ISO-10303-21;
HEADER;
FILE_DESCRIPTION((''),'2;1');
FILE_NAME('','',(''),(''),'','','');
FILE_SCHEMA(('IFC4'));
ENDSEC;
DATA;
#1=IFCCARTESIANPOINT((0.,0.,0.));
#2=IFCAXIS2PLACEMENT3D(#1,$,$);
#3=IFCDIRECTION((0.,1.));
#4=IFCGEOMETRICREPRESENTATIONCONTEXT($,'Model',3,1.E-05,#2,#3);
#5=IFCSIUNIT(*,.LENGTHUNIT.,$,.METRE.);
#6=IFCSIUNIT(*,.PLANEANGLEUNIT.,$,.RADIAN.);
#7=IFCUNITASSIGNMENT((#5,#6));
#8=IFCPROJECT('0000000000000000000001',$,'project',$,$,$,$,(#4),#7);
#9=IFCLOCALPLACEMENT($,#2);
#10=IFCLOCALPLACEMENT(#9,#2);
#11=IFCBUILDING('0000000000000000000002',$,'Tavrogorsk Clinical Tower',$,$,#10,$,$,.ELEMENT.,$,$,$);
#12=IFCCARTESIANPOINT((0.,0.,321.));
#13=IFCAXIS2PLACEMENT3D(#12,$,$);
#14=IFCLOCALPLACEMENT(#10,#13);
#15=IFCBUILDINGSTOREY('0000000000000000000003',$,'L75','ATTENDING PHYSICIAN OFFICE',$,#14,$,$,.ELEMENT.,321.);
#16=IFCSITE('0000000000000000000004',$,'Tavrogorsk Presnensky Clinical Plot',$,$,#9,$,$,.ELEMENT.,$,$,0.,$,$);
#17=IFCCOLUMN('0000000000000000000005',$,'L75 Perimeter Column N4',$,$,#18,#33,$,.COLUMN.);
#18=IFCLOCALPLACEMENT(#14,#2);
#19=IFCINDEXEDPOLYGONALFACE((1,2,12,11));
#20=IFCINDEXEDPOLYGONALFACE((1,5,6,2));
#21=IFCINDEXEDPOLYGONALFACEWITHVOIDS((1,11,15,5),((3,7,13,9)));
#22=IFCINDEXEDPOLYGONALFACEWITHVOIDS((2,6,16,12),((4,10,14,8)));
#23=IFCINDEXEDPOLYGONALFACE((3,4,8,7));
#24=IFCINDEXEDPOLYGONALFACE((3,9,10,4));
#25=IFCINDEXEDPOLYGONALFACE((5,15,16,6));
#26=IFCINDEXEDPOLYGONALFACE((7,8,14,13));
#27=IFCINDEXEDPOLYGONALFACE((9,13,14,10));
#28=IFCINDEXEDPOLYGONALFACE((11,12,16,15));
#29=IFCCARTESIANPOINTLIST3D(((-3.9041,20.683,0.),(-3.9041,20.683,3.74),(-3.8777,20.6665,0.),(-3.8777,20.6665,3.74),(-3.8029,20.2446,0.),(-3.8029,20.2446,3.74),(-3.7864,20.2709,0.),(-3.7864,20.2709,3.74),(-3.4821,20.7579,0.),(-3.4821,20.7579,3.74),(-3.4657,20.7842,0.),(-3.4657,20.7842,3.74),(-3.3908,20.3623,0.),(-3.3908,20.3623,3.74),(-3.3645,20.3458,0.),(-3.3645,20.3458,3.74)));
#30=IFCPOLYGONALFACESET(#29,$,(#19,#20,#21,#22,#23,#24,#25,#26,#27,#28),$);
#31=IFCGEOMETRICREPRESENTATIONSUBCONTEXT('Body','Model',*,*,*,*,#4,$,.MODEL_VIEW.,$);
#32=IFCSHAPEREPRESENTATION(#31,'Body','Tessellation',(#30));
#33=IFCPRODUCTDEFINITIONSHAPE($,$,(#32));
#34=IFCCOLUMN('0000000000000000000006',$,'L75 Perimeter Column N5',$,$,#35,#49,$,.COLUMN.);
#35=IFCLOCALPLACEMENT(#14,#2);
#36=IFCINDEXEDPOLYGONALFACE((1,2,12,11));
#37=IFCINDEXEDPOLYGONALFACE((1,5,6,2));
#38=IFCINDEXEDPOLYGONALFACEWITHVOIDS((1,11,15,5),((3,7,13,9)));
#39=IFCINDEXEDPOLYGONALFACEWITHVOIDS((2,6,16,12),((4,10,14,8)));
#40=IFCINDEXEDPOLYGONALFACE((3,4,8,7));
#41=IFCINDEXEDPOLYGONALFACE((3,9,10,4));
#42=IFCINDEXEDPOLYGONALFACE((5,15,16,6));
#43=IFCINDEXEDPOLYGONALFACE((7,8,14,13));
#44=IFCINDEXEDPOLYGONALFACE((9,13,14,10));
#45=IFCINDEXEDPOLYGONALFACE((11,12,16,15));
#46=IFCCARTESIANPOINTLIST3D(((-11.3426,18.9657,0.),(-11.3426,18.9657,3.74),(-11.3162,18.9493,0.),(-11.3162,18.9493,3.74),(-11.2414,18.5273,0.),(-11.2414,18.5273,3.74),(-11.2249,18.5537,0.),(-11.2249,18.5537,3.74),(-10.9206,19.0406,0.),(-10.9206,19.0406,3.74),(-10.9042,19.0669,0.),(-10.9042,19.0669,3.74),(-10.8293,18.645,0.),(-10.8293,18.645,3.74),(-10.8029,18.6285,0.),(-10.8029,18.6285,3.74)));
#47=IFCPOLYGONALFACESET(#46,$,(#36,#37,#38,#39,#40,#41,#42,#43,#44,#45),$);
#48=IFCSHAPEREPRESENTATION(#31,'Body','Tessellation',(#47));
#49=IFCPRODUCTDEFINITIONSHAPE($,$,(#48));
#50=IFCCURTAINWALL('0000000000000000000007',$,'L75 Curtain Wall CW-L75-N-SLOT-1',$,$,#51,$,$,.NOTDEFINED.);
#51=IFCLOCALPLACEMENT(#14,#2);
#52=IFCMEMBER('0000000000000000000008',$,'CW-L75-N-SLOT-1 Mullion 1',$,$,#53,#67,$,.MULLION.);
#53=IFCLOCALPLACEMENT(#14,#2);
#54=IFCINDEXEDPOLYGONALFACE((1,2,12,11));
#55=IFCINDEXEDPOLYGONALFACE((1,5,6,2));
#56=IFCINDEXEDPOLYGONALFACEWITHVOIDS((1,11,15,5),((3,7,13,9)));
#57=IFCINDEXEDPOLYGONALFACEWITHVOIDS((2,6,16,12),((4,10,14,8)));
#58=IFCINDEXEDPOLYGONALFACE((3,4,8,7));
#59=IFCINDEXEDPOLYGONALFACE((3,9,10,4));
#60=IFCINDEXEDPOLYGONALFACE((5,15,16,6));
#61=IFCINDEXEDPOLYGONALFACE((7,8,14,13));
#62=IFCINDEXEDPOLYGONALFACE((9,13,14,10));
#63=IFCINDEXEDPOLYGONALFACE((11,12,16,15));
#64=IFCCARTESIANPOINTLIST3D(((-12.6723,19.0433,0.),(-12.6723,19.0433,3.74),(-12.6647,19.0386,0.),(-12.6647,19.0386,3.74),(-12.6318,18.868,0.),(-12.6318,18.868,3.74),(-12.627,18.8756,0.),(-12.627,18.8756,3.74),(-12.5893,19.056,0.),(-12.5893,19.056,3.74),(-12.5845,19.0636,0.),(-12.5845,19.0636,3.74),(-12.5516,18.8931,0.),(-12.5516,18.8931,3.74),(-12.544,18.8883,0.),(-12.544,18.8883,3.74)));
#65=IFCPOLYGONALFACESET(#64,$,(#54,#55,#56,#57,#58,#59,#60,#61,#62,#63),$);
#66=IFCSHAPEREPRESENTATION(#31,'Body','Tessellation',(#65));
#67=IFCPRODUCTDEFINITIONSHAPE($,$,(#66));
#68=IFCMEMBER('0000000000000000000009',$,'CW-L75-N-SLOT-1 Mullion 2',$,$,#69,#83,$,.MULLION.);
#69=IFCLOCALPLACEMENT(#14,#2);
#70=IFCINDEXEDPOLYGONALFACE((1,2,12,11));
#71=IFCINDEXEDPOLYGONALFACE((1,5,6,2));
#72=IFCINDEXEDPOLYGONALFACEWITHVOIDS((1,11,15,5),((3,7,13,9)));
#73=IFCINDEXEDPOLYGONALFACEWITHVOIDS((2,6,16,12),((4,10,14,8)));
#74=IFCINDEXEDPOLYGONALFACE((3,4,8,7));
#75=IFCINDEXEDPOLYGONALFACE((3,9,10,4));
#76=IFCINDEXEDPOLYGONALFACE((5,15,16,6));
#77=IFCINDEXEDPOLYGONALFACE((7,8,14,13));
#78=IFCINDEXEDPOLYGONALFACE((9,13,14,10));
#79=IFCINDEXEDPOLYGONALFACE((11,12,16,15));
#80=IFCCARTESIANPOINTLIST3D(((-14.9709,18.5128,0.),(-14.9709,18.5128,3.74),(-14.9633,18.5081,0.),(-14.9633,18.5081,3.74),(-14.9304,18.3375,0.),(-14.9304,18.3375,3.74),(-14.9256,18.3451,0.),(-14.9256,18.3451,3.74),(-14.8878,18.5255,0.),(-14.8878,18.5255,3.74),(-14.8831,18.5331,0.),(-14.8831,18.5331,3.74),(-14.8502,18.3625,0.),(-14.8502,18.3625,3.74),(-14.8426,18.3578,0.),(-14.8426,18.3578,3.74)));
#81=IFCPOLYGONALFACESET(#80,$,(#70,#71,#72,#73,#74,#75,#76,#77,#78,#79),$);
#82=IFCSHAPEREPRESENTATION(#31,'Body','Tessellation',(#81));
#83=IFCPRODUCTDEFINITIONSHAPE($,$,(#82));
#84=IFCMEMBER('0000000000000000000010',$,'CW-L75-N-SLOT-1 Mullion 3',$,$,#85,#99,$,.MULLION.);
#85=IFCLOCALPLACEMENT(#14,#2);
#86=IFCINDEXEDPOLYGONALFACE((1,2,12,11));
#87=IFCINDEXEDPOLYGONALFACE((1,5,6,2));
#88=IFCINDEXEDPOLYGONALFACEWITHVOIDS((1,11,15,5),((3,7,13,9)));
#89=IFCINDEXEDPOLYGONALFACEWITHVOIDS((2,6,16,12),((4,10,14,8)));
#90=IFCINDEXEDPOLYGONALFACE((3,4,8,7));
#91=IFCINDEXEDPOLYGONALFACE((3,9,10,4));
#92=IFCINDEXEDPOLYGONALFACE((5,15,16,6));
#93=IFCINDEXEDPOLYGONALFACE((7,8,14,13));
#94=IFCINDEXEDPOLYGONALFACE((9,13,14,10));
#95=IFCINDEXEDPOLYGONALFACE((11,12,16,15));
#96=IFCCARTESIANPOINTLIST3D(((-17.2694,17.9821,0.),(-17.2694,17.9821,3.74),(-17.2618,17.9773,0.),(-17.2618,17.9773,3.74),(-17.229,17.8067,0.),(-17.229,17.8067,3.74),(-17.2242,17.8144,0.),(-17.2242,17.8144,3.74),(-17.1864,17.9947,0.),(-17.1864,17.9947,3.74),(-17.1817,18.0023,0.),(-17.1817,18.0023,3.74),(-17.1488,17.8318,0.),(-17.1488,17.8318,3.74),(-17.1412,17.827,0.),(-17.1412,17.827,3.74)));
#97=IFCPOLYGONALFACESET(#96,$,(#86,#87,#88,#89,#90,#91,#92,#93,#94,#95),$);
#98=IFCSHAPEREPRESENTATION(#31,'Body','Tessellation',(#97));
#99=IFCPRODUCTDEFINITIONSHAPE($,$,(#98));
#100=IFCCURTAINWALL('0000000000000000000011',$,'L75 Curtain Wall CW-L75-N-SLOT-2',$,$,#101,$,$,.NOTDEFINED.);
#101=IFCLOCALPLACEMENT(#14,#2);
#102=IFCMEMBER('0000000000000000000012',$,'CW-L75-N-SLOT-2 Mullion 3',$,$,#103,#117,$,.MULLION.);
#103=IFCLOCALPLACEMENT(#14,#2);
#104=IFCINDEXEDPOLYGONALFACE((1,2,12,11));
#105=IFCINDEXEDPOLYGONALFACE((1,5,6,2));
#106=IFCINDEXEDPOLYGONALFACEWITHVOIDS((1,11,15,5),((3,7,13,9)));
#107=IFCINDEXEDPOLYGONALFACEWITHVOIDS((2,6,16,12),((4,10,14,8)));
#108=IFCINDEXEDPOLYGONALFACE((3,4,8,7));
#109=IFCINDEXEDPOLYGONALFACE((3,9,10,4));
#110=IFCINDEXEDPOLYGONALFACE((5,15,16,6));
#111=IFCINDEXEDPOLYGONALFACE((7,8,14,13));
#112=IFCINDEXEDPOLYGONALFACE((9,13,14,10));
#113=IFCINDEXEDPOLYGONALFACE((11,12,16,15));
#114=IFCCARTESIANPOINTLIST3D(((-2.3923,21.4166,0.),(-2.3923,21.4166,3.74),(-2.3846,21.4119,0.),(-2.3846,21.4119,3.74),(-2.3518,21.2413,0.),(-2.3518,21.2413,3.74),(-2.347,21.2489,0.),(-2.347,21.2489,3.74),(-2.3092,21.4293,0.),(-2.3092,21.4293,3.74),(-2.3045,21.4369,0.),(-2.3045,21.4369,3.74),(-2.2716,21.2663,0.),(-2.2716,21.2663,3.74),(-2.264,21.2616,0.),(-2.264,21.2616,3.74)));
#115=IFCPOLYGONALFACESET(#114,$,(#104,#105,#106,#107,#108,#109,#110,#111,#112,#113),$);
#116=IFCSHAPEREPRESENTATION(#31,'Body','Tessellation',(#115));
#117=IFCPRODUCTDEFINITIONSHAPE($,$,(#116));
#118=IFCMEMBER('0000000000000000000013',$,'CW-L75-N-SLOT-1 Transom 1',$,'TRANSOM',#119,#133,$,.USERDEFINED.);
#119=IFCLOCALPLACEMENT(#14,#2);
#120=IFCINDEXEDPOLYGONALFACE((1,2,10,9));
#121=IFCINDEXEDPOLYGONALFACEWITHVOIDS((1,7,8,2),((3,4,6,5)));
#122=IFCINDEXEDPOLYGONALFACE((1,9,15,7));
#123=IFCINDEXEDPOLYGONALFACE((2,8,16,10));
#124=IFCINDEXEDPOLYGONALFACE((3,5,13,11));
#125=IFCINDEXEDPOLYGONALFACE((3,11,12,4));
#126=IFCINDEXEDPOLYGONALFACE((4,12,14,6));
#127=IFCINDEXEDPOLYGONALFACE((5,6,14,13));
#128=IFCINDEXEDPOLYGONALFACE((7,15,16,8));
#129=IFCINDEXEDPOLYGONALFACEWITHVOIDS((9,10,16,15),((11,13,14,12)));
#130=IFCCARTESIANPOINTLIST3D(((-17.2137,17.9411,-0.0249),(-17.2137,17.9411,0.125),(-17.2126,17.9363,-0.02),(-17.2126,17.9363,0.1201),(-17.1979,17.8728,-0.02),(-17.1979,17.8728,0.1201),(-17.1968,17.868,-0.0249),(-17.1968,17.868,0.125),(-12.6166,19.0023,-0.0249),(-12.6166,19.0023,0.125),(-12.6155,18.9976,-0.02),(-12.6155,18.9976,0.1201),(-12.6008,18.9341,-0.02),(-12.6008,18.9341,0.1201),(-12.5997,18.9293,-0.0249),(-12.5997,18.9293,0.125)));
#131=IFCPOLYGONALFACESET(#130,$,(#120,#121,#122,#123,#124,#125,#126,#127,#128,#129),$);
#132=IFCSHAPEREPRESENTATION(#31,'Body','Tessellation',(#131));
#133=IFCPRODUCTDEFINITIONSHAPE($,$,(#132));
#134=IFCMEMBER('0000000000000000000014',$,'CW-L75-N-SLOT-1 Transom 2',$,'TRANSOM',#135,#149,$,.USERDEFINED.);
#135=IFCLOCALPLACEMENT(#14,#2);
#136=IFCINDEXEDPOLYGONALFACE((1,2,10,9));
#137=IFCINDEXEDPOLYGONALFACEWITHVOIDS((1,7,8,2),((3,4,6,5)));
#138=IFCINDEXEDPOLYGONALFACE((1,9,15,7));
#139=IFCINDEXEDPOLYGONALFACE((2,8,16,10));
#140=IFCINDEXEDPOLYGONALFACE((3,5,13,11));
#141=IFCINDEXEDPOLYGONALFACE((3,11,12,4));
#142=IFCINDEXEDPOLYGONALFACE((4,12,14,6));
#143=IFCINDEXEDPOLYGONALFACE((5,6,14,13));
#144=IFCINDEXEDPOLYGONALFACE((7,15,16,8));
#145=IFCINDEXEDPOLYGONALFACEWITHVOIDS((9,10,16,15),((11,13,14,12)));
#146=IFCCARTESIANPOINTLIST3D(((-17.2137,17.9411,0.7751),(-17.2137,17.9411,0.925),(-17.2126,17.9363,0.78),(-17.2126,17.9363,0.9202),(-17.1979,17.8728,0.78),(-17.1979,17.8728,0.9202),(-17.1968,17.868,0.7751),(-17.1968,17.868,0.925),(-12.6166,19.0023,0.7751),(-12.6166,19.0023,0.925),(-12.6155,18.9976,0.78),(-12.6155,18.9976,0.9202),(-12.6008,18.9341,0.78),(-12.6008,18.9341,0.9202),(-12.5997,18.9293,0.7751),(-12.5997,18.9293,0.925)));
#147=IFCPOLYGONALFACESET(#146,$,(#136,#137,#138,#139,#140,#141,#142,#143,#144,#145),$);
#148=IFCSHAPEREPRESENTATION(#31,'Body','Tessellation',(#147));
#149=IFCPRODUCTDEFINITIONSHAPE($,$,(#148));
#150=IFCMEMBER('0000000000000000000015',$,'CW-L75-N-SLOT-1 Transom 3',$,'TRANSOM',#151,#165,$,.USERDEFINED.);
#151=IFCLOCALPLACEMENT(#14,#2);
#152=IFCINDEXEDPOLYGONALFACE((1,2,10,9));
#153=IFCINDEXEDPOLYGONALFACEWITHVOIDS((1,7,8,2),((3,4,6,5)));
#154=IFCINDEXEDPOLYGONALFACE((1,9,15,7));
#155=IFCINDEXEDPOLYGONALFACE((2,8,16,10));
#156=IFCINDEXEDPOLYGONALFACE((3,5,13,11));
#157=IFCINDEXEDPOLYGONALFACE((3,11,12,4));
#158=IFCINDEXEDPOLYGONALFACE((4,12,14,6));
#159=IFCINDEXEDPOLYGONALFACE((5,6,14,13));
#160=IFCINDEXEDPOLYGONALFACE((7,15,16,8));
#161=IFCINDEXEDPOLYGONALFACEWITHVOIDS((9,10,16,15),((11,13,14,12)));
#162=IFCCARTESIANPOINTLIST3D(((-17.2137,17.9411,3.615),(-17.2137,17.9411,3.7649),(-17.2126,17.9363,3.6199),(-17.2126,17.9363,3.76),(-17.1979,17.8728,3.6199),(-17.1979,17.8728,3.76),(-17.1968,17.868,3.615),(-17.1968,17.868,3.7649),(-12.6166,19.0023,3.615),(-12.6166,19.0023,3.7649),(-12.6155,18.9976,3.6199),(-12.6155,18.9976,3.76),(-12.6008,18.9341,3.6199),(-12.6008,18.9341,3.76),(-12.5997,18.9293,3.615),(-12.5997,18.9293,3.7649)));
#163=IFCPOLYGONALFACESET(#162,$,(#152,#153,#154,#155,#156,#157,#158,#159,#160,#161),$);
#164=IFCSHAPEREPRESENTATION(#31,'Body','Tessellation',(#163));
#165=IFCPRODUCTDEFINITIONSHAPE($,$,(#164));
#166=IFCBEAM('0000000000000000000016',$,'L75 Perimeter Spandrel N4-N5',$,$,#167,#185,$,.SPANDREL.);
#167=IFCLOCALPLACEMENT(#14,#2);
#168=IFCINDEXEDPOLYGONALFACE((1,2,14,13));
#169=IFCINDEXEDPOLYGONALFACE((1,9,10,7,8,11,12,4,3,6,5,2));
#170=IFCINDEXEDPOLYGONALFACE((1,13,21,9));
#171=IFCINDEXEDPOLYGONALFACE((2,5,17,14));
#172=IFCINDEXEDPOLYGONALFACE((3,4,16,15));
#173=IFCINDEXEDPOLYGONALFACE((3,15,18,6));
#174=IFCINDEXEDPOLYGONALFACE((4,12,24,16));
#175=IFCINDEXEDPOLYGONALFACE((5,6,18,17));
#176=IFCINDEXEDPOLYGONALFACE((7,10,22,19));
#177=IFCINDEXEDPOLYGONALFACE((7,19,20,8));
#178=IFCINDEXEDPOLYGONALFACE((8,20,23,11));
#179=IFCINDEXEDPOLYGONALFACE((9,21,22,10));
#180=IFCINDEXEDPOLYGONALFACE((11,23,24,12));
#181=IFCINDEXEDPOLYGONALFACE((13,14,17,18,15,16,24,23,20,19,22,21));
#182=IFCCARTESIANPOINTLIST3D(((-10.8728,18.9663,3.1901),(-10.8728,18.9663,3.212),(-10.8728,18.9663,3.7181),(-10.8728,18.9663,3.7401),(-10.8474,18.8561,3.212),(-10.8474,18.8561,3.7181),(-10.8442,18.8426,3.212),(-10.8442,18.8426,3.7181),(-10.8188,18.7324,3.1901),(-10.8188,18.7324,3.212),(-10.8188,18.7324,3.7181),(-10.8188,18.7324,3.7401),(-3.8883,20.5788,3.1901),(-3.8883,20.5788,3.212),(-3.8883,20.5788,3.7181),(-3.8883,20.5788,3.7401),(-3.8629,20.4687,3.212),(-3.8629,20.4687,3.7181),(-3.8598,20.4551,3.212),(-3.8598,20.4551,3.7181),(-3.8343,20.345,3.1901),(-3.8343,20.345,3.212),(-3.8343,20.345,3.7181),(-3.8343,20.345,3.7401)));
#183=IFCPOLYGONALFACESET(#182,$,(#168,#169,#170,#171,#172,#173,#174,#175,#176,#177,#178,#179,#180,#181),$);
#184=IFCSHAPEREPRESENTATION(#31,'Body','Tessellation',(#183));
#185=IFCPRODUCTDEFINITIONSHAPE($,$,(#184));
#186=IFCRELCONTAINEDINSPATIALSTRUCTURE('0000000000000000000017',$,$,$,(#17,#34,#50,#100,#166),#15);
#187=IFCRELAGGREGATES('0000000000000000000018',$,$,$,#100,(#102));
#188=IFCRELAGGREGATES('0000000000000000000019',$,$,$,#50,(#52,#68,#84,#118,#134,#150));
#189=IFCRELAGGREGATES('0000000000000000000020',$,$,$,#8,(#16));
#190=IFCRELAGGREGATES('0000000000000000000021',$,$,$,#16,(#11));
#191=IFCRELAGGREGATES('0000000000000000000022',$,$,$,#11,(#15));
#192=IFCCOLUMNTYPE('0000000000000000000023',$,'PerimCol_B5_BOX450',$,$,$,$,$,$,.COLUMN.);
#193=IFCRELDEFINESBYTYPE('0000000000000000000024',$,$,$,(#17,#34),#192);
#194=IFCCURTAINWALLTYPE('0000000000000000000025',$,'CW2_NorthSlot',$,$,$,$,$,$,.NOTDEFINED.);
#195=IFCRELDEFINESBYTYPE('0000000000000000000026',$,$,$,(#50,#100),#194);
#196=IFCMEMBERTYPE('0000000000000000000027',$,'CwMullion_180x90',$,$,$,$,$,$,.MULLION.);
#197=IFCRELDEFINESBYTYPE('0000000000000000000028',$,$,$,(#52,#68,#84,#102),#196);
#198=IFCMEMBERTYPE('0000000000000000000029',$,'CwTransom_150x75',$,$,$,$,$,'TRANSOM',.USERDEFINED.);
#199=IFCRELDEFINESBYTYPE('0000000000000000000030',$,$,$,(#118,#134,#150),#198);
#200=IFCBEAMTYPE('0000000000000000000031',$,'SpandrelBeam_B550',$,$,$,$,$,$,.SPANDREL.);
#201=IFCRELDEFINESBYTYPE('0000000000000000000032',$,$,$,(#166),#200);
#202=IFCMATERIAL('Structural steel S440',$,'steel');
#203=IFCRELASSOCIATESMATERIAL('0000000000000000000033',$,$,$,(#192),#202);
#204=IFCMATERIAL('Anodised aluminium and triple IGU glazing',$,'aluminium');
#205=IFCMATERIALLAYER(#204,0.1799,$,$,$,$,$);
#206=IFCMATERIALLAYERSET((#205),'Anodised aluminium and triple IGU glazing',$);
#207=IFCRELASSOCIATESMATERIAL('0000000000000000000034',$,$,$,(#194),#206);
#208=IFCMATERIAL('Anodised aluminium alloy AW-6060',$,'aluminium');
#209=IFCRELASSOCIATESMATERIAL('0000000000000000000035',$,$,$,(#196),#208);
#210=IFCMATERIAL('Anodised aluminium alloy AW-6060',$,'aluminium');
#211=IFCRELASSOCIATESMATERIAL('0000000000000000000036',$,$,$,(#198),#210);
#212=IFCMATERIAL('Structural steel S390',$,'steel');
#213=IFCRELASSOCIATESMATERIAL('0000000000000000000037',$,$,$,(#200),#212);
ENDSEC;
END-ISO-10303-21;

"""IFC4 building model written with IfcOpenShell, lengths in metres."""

from ifc_helpers import new_model, si_unit, direction, frame, origin, origin_2d, place, context, subcontext, project, spatial, hollow_rectangle, i_section, extrude, material, layer, layer_set, material_profile, profile_set, type_object, element, aggregate, save


model = new_model("IFC4")

# Units and contexts
model_context = context("Model", 3, precision=1e-05, world=origin(), true_north=direction((0.0, 1.0)))
body_context = subcontext(model_context, "Body", "Model", "MODEL_VIEW")
ifc_project = project(units=[si_unit("LENGTHUNIT", "METRE"), si_unit("PLANEANGLEUNIT", "RADIAN")], contexts=[model_context])

# Site, building, storey
site_placement = place(None, origin())
site = spatial("IfcSite", under=ifc_project, at=site_placement, Name="Tavrogorsk Presnensky Clinical Plot", CompositionType="ELEMENT", RefElevation=0.0)
building_placement = place(site_placement, origin())
building = spatial("IfcBuilding", under=site, at=building_placement, Name="Tavrogorsk Clinical Tower", CompositionType="ELEMENT")
storey_placement = place(building_placement, frame((0.0, 0.0, 321.0)))
storey = spatial("IfcBuildingStorey", under=building, at=storey_placement, Name="L75", Description="ATTENDING PHYSICIAN OFFICE", CompositionType="ELEMENT", Elevation=321.0)

# Columns
ifc_material_1 = material(Name="Structural steel S440", Category="steel")
ifc_material_profile_1 = material_profile(ifc_material_1, hollow_rectangle(XDim=0.45, YDim=0.45, WallThickness=0.022, at=origin_2d()), Name="BOX-450x450x22")
ifc_profile_set_1 = profile_set([ifc_material_profile_1], Name="Structural steel S440")
column_type = type_object("IfcColumnType", Name="PerimCol_B5_BOX450", PredefinedType="COLUMN", material=ifc_profile_set_1)
for number, where, z_axis, x_axis, name in (
    (1, (-3.6343, 20.5144, 0.0), (0.0, 0.0, 1.0), (0.97437, 0.224951, 0.0), "L75 Perimeter Column N4"),
    (2, (-11.0728, 18.7971, 0.0), (0.0, 0.0, 1.0), (0.97437, 0.224951, 0.0), "L75 Perimeter Column N5"),
):
    element("IfcColumn", number, at=place(storey_placement, frame(where, z_axis=z_axis, x_axis=x_axis)), inside=storey, type_object=column_type, Name=name, PredefinedType="COLUMN", context=body_context, shape_type="SweptSolid", body=[
        extrude(hollow_rectangle(XDim=0.45, YDim=0.45, WallThickness=0.022, at=origin_2d()), origin(), (0.0, 0.0, 1.0), 3.74),
    ])

# Curtain wall, members
ifc_material_2 = material(Name="Anodised aluminium and triple IGU glazing", Category="aluminium")
ifc_layer_1 = layer(ifc_material_2, 0.1799)
ifc_layer_set_1 = layer_set([ifc_layer_1], Name="Anodised aluminium and triple IGU glazing")
curtain_wall_type = type_object("IfcCurtainWallType", Name="CW2_NorthSlot", PredefinedType="NOTDEFINED", material=ifc_layer_set_1)
curtain_wall_1_placement = place(storey_placement, origin())
curtain_wall_1 = element("IfcCurtainWall", 3, at=curtain_wall_1_placement, inside=storey, type_object=curtain_wall_type, Name="L75 Curtain Wall CW-L75-N-SLOT-1", PredefinedType="NOTDEFINED")
ifc_material_3 = material(Name="Anodised aluminium alloy AW-6060", Category="aluminium")
ifc_material_profile_2 = material_profile(ifc_material_3, hollow_rectangle(XDim=0.0901, YDim=0.1799, WallThickness=0.0063, at=origin_2d()), Name="RHS-180x90x6.3")
ifc_profile_set_2 = profile_set([ifc_material_profile_2], Name="Anodised aluminium alloy AW-6060")
member_type_1 = type_object("IfcMemberType", Name="CwMullion_180x90", PredefinedType="MULLION", material=ifc_profile_set_2)
member_1_placement = place(storey_placement, frame((-12.6082, 18.9658, 0.0), z_axis=(0.0, 0.0, 1.0), x_axis=(-0.97437, -0.224951, 0.0)))
member_1 = element("IfcMember", 4, at=member_1_placement, type_object=member_type_1, Name="CW-L75-N-SLOT-1 Mullion 1", PredefinedType="MULLION", context=body_context, shape_type="SweptSolid", body=[
    extrude(hollow_rectangle(XDim=0.0901, YDim=0.1799, WallThickness=0.0063, at=origin_2d()), origin(), (0.0, 0.0, 1.0), 3.74),
])
member_2_placement = place(storey_placement, frame((-14.9067, 18.4353, 0.0), z_axis=(0.0, 0.0, 1.0), x_axis=(-0.97437, -0.224951, 0.0)))
member_2 = element("IfcMember", 5, at=member_2_placement, type_object=member_type_1, Name="CW-L75-N-SLOT-1 Mullion 2", PredefinedType="MULLION", context=body_context, shape_type="SweptSolid", body=[
    extrude(hollow_rectangle(XDim=0.0901, YDim=0.1799, WallThickness=0.0063, at=origin_2d()), origin(), (0.0, 0.0, 1.0), 3.74),
])
member_3_placement = place(storey_placement, frame((-17.2053, 17.9045, 0.0), z_axis=(0.0, 0.0, 1.0), x_axis=(-0.97437, -0.224951, 0.0)))
member_3 = element("IfcMember", 6, at=member_3_placement, type_object=member_type_1, Name="CW-L75-N-SLOT-1 Mullion 3", PredefinedType="MULLION", context=body_context, shape_type="SweptSolid", body=[
    extrude(hollow_rectangle(XDim=0.0901, YDim=0.1799, WallThickness=0.0063, at=origin_2d()), origin(), (0.0, 0.0, 1.0), 3.74),
])

# Curtain wall, member
curtain_wall_2_placement = place(storey_placement, origin())
curtain_wall_2 = element("IfcCurtainWall", 7, at=curtain_wall_2_placement, inside=storey, type_object=curtain_wall_type, Name="L75 Curtain Wall CW-L75-N-SLOT-2", PredefinedType="NOTDEFINED")
member_4_placement = place(storey_placement, frame((-2.3281, 21.3391, 0.0), z_axis=(0.0, 0.0, 1.0), x_axis=(-0.97437, -0.224951, 0.0)))
member_4 = element("IfcMember", 8, at=member_4_placement, type_object=member_type_1, Name="CW-L75-N-SLOT-2 Mullion 3", PredefinedType="MULLION", context=body_context, shape_type="SweptSolid", body=[
    extrude(hollow_rectangle(XDim=0.0901, YDim=0.1799, WallThickness=0.0063, at=origin_2d()), origin(), (0.0, 0.0, 1.0), 3.74),
])
aggregate(curtain_wall_2, [member_4])

# Members
ifc_material_4 = material(Name="Anodised aluminium alloy AW-6060", Category="aluminium")
ifc_material_profile_3 = material_profile(ifc_material_4, hollow_rectangle(XDim=0.075, YDim=0.1499, WallThickness=0.0049, at=origin_2d()), Name="RHS-150x75x5")
ifc_profile_set_3 = profile_set([ifc_material_profile_3], Name="Anodised aluminium alloy AW-6060")
member_type_2 = type_object("IfcMemberType", Name="CwTransom_150x75", ElementType="TRANSOM", PredefinedType="USERDEFINED", material=ifc_profile_set_3)
member_5_placement = place(storey_placement, frame((-12.6082, 18.9658, 0.05), z_axis=(-0.974373, -0.224939, 0.0), x_axis=(0.224939, -0.974373, 0.0)))
member_5 = element("IfcMember", 9, at=member_5_placement, type_object=member_type_2, Name="CW-L75-N-SLOT-1 Transom 1", ObjectType="TRANSOM", PredefinedType="USERDEFINED", context=body_context, shape_type="SweptSolid", body=[
    extrude(hollow_rectangle(XDim=0.075, YDim=0.1499, WallThickness=0.0049, at=origin_2d()), origin(), (0.0, 0.0, 1.0), 4.718),
])
member_6_placement = place(storey_placement, frame((-12.6082, 18.9658, 0.8501), z_axis=(-0.974373, -0.224939, 0.0), x_axis=(0.224939, -0.974373, 0.0)))
member_6 = element("IfcMember", 10, at=member_6_placement, type_object=member_type_2, Name="CW-L75-N-SLOT-1 Transom 2", ObjectType="TRANSOM", PredefinedType="USERDEFINED", context=body_context, shape_type="SweptSolid", body=[
    extrude(hollow_rectangle(XDim=0.075, YDim=0.1499, WallThickness=0.0049, at=origin_2d()), origin(), (0.0, 0.0, 1.0), 4.718),
])
member_7_placement = place(storey_placement, frame((-12.6082, 18.9658, 3.6899), z_axis=(-0.974373, -0.224939, 0.0), x_axis=(0.224939, -0.974373, 0.0)))
member_7 = element("IfcMember", 11, at=member_7_placement, type_object=member_type_2, Name="CW-L75-N-SLOT-1 Transom 3", ObjectType="TRANSOM", PredefinedType="USERDEFINED", context=body_context, shape_type="SweptSolid", body=[
    extrude(hollow_rectangle(XDim=0.075, YDim=0.1499, WallThickness=0.0049, at=origin_2d()), origin(), (0.0, 0.0, 1.0), 4.718),
])

# Beam
ifc_material_5 = material(Name="Structural steel S390", Category="steel")
ifc_material_profile_4 = material_profile(ifc_material_5, i_section(OverallWidth=0.24, OverallDepth=0.55, WebThickness=0.0139, FlangeThickness=0.022, at=origin_2d()), Name="B-550x240x14x22")
ifc_profile_set_4 = profile_set([ifc_material_profile_4], Name="Structural steel S390")
beam_type = type_object("IfcBeamType", Name="SpandrelBeam_B550", PredefinedType="SPANDREL", material=ifc_profile_set_4)
for number, where, z_axis, x_axis, name in (
    (12, (-3.8613, 20.4619, 3.4651), (-0.974368, -0.224961, 0.0), (0.224961, -0.974368, 0.0), "L75 Perimeter Spandrel N4-N5"),
):
    element("IfcBeam", number, at=place(storey_placement, frame(where, z_axis=z_axis, x_axis=x_axis)), inside=storey, type_object=beam_type, Name=name, PredefinedType="SPANDREL", context=body_context, shape_type="SweptSolid", body=[
        extrude(i_section(OverallWidth=0.24, OverallDepth=0.55, WebThickness=0.0139, FlangeThickness=0.022, at=origin_2d()), origin(), (0.0, 0.0, 1.0), 7.1682),
    ])

aggregate(curtain_wall_1, [member_1, member_2, member_3, member_5, member_6, member_7])

save(model, "model.ifc")
